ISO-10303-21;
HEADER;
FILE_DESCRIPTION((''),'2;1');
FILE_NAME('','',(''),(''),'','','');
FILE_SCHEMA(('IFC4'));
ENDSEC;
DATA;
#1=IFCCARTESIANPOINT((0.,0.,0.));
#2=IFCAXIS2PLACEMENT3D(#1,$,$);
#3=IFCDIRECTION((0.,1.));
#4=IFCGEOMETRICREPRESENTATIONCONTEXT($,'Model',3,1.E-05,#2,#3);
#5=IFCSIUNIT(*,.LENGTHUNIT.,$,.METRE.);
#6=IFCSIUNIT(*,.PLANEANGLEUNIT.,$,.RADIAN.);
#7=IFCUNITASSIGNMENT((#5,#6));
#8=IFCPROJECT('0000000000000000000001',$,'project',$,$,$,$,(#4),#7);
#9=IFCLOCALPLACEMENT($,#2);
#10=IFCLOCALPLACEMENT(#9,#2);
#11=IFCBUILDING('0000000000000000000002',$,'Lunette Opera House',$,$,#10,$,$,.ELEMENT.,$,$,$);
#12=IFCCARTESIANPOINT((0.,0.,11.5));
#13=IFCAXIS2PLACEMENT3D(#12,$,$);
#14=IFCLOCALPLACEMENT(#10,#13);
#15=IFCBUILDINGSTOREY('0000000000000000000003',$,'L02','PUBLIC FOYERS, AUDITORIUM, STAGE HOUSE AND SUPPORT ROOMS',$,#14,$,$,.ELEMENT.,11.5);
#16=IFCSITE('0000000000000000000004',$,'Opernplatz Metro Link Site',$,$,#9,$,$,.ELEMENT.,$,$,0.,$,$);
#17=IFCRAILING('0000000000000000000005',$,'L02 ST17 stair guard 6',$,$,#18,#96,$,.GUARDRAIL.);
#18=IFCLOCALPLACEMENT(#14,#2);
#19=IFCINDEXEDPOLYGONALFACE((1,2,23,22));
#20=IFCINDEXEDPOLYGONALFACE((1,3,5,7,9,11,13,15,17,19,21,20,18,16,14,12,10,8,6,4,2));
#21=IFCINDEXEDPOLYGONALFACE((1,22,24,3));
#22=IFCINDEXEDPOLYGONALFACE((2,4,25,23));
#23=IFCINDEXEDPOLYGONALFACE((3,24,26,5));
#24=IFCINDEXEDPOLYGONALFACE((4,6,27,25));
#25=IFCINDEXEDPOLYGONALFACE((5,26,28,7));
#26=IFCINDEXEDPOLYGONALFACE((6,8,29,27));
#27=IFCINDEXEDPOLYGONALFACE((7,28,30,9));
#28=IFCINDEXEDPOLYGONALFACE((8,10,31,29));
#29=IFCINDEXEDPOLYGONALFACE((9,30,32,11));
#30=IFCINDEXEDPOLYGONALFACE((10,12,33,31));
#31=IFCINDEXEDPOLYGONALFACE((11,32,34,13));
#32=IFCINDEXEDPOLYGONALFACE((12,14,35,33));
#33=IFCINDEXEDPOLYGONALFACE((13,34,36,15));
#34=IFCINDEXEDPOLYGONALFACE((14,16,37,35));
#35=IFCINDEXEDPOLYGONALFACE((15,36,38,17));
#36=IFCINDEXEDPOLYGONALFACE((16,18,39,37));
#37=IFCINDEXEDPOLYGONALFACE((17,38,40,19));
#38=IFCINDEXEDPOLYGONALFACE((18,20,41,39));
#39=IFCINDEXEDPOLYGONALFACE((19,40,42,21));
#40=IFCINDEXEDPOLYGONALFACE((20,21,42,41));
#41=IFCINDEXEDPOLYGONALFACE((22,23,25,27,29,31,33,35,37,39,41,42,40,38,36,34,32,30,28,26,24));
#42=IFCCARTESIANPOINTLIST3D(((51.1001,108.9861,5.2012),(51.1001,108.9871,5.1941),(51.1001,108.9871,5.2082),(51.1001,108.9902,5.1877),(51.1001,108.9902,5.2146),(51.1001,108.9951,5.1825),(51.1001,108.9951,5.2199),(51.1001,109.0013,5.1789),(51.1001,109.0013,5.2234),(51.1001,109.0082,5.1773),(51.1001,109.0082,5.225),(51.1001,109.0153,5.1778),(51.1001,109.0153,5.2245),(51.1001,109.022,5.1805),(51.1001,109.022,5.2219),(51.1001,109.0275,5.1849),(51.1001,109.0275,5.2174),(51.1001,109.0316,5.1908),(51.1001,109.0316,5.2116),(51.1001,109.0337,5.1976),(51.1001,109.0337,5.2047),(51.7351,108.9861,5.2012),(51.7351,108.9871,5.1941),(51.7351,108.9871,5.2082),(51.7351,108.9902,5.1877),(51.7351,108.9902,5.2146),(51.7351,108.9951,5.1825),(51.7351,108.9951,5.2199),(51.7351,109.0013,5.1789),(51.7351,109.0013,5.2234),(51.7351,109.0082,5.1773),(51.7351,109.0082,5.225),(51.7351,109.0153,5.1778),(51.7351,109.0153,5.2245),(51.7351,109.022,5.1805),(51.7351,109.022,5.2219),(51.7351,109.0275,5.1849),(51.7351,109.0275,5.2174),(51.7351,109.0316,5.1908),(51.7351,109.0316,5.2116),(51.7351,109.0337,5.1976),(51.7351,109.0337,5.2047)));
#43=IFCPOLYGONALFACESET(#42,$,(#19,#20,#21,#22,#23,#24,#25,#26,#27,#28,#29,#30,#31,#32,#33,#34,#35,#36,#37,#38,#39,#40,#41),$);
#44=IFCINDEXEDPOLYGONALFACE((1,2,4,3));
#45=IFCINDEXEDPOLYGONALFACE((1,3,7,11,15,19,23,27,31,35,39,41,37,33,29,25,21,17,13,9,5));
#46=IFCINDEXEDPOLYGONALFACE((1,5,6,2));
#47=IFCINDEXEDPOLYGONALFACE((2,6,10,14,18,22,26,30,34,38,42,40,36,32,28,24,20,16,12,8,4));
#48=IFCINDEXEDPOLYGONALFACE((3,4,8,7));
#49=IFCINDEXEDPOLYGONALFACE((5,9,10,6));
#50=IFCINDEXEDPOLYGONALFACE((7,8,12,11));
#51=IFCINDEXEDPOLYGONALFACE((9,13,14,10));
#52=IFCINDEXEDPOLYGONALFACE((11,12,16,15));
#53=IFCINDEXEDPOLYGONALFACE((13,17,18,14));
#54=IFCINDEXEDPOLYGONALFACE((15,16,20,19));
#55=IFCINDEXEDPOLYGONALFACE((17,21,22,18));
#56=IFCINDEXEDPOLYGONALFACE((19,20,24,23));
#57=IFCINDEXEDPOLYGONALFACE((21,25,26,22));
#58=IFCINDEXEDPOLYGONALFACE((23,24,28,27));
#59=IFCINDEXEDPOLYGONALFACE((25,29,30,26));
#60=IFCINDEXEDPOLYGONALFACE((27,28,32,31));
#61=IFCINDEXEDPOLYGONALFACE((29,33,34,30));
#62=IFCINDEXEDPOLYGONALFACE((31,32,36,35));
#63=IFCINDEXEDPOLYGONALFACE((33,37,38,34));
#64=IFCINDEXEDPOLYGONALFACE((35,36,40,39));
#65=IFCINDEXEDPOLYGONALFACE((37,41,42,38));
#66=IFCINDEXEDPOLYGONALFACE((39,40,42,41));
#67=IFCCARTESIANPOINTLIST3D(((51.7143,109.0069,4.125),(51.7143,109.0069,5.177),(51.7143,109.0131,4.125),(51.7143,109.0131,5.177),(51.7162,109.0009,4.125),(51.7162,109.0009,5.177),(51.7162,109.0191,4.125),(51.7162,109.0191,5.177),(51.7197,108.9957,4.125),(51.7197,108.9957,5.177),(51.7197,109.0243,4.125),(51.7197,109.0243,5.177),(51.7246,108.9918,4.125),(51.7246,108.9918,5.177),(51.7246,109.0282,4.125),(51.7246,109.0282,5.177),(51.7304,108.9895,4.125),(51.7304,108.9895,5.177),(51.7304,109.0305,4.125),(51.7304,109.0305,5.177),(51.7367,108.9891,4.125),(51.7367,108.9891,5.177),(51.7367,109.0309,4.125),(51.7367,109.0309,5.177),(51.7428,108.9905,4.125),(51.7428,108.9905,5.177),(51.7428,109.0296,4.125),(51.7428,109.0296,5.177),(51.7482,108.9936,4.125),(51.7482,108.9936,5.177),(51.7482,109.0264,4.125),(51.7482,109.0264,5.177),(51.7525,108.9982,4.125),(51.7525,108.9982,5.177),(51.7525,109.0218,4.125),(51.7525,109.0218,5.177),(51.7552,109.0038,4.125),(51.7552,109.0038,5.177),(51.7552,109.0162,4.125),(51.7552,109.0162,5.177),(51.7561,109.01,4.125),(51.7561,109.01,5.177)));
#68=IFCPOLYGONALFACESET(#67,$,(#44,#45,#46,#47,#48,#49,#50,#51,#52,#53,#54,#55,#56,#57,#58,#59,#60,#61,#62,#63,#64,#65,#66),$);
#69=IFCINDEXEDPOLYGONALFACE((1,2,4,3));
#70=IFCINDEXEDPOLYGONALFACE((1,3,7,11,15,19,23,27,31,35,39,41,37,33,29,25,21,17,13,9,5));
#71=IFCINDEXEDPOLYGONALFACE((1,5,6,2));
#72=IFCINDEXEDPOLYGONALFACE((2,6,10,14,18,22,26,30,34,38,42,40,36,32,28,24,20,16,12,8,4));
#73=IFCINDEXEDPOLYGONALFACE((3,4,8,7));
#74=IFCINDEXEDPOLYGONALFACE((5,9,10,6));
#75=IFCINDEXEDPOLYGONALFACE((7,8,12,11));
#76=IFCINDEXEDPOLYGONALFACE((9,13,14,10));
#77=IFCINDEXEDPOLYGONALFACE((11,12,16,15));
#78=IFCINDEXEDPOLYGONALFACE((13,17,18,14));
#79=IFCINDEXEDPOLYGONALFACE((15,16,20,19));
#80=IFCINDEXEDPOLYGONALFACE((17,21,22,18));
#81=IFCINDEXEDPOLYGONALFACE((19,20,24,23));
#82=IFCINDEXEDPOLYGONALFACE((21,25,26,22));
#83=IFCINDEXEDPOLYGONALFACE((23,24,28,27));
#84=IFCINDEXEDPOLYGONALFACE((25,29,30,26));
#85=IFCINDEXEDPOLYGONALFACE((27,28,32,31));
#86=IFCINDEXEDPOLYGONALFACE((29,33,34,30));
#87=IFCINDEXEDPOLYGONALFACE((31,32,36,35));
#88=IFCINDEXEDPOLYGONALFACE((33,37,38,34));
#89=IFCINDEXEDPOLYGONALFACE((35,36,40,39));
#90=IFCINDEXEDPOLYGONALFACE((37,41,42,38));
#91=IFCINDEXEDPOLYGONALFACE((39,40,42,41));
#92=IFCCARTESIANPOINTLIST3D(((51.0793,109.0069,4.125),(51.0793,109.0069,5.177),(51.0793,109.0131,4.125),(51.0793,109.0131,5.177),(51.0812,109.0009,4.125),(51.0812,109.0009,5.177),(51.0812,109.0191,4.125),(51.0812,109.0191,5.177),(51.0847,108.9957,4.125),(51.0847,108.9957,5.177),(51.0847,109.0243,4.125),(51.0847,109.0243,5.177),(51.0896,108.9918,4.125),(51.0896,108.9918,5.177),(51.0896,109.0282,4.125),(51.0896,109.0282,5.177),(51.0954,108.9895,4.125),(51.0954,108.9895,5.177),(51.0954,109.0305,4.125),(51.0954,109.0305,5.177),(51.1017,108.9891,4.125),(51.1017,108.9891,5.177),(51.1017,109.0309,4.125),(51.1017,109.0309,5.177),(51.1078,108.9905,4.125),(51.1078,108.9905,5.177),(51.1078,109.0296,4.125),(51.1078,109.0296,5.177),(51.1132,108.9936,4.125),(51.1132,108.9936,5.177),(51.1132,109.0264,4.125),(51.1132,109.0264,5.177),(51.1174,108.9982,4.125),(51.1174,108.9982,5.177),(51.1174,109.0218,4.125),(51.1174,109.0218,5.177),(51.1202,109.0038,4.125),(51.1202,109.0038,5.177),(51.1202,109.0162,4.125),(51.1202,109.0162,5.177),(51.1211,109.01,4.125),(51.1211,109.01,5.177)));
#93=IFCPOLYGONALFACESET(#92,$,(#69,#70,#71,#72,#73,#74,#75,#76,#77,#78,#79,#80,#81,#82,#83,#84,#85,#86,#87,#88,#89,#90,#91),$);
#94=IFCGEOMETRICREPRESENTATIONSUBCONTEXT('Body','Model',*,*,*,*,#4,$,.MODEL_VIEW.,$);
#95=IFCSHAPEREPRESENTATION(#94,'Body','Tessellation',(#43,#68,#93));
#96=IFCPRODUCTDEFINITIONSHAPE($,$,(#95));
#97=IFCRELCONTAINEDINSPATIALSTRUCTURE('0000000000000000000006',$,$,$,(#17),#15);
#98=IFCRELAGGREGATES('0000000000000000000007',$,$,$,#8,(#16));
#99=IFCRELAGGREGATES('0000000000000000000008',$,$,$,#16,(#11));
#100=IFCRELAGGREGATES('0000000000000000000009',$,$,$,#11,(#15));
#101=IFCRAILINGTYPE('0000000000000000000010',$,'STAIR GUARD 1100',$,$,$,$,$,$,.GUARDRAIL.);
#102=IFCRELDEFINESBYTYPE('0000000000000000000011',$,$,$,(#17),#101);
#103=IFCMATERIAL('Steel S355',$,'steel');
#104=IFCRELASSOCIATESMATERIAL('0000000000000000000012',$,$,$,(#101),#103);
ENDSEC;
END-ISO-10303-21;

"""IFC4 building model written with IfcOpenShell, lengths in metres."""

from ifc_helpers import new_model, si_unit, direction, frame, origin, origin_2d, place, context, subcontext, project, spatial, circle, extrude, material, type_object, element, save


model = new_model("IFC4")

# Units and contexts
model_context = context("Model", 3, precision=1e-05, world=origin(), true_north=direction((0.0, 1.0)))
body_context = subcontext(model_context, "Body", "Model", "MODEL_VIEW")
ifc_project = project(units=[si_unit("LENGTHUNIT", "METRE"), si_unit("PLANEANGLEUNIT", "RADIAN")], contexts=[model_context])

# Site, building, storey
site_placement = place(None, origin())
site = spatial("IfcSite", under=ifc_project, at=site_placement, Name="Opernplatz Metro Link Site", CompositionType="ELEMENT", RefElevation=0.0)
building_placement = place(site_placement, origin())
building = spatial("IfcBuilding", under=site, at=building_placement, Name="Lunette Opera House", CompositionType="ELEMENT")
storey_placement = place(building_placement, frame((0.0, 0.0, 11.5)))
storey = spatial("IfcBuildingStorey", under=building, at=storey_placement, Name="L02", Description="PUBLIC FOYERS, AUDITORIUM, STAGE HOUSE AND SUPPORT ROOMS", CompositionType="ELEMENT", Elevation=11.5)

# Railing
ifc_material_1 = material(Name="Steel S355", Category="steel")
railing_type_1 = type_object("IfcRailingType", Name="STAIR GUARD 1100", PredefinedType="GUARDRAIL", material=ifc_material_1)
railing_1_placement = place(storey_placement, frame((51.7351, 109.01, 4.125)))
element("IfcRailing", 1, at=railing_1_placement, inside=storey, type_object=railing_type_1, Name="L02 ST17 stair guard 6", PredefinedType="GUARDRAIL", context=body_context, shape_type="SweptSolid", body=[
    extrude(circle(Radius=0.0239, at=origin_2d()), frame((0.0, 0.0, 1.0762), z_axis=(-1.0, 0.0, 0.0), x_axis=(0.0, -1.0, 0.0)), (0.0, 0.0, 1.0), 0.635),
    extrude(circle(Radius=0.021, at=origin_2d()), origin(), (0.0, 0.0, 1.0), 1.052),
    extrude(circle(Radius=0.021, at=origin_2d()), frame((-0.635, 0.0, 0.0)), (0.0, 0.0, 1.0), 1.052),
])

save(model, "model.ifc")
